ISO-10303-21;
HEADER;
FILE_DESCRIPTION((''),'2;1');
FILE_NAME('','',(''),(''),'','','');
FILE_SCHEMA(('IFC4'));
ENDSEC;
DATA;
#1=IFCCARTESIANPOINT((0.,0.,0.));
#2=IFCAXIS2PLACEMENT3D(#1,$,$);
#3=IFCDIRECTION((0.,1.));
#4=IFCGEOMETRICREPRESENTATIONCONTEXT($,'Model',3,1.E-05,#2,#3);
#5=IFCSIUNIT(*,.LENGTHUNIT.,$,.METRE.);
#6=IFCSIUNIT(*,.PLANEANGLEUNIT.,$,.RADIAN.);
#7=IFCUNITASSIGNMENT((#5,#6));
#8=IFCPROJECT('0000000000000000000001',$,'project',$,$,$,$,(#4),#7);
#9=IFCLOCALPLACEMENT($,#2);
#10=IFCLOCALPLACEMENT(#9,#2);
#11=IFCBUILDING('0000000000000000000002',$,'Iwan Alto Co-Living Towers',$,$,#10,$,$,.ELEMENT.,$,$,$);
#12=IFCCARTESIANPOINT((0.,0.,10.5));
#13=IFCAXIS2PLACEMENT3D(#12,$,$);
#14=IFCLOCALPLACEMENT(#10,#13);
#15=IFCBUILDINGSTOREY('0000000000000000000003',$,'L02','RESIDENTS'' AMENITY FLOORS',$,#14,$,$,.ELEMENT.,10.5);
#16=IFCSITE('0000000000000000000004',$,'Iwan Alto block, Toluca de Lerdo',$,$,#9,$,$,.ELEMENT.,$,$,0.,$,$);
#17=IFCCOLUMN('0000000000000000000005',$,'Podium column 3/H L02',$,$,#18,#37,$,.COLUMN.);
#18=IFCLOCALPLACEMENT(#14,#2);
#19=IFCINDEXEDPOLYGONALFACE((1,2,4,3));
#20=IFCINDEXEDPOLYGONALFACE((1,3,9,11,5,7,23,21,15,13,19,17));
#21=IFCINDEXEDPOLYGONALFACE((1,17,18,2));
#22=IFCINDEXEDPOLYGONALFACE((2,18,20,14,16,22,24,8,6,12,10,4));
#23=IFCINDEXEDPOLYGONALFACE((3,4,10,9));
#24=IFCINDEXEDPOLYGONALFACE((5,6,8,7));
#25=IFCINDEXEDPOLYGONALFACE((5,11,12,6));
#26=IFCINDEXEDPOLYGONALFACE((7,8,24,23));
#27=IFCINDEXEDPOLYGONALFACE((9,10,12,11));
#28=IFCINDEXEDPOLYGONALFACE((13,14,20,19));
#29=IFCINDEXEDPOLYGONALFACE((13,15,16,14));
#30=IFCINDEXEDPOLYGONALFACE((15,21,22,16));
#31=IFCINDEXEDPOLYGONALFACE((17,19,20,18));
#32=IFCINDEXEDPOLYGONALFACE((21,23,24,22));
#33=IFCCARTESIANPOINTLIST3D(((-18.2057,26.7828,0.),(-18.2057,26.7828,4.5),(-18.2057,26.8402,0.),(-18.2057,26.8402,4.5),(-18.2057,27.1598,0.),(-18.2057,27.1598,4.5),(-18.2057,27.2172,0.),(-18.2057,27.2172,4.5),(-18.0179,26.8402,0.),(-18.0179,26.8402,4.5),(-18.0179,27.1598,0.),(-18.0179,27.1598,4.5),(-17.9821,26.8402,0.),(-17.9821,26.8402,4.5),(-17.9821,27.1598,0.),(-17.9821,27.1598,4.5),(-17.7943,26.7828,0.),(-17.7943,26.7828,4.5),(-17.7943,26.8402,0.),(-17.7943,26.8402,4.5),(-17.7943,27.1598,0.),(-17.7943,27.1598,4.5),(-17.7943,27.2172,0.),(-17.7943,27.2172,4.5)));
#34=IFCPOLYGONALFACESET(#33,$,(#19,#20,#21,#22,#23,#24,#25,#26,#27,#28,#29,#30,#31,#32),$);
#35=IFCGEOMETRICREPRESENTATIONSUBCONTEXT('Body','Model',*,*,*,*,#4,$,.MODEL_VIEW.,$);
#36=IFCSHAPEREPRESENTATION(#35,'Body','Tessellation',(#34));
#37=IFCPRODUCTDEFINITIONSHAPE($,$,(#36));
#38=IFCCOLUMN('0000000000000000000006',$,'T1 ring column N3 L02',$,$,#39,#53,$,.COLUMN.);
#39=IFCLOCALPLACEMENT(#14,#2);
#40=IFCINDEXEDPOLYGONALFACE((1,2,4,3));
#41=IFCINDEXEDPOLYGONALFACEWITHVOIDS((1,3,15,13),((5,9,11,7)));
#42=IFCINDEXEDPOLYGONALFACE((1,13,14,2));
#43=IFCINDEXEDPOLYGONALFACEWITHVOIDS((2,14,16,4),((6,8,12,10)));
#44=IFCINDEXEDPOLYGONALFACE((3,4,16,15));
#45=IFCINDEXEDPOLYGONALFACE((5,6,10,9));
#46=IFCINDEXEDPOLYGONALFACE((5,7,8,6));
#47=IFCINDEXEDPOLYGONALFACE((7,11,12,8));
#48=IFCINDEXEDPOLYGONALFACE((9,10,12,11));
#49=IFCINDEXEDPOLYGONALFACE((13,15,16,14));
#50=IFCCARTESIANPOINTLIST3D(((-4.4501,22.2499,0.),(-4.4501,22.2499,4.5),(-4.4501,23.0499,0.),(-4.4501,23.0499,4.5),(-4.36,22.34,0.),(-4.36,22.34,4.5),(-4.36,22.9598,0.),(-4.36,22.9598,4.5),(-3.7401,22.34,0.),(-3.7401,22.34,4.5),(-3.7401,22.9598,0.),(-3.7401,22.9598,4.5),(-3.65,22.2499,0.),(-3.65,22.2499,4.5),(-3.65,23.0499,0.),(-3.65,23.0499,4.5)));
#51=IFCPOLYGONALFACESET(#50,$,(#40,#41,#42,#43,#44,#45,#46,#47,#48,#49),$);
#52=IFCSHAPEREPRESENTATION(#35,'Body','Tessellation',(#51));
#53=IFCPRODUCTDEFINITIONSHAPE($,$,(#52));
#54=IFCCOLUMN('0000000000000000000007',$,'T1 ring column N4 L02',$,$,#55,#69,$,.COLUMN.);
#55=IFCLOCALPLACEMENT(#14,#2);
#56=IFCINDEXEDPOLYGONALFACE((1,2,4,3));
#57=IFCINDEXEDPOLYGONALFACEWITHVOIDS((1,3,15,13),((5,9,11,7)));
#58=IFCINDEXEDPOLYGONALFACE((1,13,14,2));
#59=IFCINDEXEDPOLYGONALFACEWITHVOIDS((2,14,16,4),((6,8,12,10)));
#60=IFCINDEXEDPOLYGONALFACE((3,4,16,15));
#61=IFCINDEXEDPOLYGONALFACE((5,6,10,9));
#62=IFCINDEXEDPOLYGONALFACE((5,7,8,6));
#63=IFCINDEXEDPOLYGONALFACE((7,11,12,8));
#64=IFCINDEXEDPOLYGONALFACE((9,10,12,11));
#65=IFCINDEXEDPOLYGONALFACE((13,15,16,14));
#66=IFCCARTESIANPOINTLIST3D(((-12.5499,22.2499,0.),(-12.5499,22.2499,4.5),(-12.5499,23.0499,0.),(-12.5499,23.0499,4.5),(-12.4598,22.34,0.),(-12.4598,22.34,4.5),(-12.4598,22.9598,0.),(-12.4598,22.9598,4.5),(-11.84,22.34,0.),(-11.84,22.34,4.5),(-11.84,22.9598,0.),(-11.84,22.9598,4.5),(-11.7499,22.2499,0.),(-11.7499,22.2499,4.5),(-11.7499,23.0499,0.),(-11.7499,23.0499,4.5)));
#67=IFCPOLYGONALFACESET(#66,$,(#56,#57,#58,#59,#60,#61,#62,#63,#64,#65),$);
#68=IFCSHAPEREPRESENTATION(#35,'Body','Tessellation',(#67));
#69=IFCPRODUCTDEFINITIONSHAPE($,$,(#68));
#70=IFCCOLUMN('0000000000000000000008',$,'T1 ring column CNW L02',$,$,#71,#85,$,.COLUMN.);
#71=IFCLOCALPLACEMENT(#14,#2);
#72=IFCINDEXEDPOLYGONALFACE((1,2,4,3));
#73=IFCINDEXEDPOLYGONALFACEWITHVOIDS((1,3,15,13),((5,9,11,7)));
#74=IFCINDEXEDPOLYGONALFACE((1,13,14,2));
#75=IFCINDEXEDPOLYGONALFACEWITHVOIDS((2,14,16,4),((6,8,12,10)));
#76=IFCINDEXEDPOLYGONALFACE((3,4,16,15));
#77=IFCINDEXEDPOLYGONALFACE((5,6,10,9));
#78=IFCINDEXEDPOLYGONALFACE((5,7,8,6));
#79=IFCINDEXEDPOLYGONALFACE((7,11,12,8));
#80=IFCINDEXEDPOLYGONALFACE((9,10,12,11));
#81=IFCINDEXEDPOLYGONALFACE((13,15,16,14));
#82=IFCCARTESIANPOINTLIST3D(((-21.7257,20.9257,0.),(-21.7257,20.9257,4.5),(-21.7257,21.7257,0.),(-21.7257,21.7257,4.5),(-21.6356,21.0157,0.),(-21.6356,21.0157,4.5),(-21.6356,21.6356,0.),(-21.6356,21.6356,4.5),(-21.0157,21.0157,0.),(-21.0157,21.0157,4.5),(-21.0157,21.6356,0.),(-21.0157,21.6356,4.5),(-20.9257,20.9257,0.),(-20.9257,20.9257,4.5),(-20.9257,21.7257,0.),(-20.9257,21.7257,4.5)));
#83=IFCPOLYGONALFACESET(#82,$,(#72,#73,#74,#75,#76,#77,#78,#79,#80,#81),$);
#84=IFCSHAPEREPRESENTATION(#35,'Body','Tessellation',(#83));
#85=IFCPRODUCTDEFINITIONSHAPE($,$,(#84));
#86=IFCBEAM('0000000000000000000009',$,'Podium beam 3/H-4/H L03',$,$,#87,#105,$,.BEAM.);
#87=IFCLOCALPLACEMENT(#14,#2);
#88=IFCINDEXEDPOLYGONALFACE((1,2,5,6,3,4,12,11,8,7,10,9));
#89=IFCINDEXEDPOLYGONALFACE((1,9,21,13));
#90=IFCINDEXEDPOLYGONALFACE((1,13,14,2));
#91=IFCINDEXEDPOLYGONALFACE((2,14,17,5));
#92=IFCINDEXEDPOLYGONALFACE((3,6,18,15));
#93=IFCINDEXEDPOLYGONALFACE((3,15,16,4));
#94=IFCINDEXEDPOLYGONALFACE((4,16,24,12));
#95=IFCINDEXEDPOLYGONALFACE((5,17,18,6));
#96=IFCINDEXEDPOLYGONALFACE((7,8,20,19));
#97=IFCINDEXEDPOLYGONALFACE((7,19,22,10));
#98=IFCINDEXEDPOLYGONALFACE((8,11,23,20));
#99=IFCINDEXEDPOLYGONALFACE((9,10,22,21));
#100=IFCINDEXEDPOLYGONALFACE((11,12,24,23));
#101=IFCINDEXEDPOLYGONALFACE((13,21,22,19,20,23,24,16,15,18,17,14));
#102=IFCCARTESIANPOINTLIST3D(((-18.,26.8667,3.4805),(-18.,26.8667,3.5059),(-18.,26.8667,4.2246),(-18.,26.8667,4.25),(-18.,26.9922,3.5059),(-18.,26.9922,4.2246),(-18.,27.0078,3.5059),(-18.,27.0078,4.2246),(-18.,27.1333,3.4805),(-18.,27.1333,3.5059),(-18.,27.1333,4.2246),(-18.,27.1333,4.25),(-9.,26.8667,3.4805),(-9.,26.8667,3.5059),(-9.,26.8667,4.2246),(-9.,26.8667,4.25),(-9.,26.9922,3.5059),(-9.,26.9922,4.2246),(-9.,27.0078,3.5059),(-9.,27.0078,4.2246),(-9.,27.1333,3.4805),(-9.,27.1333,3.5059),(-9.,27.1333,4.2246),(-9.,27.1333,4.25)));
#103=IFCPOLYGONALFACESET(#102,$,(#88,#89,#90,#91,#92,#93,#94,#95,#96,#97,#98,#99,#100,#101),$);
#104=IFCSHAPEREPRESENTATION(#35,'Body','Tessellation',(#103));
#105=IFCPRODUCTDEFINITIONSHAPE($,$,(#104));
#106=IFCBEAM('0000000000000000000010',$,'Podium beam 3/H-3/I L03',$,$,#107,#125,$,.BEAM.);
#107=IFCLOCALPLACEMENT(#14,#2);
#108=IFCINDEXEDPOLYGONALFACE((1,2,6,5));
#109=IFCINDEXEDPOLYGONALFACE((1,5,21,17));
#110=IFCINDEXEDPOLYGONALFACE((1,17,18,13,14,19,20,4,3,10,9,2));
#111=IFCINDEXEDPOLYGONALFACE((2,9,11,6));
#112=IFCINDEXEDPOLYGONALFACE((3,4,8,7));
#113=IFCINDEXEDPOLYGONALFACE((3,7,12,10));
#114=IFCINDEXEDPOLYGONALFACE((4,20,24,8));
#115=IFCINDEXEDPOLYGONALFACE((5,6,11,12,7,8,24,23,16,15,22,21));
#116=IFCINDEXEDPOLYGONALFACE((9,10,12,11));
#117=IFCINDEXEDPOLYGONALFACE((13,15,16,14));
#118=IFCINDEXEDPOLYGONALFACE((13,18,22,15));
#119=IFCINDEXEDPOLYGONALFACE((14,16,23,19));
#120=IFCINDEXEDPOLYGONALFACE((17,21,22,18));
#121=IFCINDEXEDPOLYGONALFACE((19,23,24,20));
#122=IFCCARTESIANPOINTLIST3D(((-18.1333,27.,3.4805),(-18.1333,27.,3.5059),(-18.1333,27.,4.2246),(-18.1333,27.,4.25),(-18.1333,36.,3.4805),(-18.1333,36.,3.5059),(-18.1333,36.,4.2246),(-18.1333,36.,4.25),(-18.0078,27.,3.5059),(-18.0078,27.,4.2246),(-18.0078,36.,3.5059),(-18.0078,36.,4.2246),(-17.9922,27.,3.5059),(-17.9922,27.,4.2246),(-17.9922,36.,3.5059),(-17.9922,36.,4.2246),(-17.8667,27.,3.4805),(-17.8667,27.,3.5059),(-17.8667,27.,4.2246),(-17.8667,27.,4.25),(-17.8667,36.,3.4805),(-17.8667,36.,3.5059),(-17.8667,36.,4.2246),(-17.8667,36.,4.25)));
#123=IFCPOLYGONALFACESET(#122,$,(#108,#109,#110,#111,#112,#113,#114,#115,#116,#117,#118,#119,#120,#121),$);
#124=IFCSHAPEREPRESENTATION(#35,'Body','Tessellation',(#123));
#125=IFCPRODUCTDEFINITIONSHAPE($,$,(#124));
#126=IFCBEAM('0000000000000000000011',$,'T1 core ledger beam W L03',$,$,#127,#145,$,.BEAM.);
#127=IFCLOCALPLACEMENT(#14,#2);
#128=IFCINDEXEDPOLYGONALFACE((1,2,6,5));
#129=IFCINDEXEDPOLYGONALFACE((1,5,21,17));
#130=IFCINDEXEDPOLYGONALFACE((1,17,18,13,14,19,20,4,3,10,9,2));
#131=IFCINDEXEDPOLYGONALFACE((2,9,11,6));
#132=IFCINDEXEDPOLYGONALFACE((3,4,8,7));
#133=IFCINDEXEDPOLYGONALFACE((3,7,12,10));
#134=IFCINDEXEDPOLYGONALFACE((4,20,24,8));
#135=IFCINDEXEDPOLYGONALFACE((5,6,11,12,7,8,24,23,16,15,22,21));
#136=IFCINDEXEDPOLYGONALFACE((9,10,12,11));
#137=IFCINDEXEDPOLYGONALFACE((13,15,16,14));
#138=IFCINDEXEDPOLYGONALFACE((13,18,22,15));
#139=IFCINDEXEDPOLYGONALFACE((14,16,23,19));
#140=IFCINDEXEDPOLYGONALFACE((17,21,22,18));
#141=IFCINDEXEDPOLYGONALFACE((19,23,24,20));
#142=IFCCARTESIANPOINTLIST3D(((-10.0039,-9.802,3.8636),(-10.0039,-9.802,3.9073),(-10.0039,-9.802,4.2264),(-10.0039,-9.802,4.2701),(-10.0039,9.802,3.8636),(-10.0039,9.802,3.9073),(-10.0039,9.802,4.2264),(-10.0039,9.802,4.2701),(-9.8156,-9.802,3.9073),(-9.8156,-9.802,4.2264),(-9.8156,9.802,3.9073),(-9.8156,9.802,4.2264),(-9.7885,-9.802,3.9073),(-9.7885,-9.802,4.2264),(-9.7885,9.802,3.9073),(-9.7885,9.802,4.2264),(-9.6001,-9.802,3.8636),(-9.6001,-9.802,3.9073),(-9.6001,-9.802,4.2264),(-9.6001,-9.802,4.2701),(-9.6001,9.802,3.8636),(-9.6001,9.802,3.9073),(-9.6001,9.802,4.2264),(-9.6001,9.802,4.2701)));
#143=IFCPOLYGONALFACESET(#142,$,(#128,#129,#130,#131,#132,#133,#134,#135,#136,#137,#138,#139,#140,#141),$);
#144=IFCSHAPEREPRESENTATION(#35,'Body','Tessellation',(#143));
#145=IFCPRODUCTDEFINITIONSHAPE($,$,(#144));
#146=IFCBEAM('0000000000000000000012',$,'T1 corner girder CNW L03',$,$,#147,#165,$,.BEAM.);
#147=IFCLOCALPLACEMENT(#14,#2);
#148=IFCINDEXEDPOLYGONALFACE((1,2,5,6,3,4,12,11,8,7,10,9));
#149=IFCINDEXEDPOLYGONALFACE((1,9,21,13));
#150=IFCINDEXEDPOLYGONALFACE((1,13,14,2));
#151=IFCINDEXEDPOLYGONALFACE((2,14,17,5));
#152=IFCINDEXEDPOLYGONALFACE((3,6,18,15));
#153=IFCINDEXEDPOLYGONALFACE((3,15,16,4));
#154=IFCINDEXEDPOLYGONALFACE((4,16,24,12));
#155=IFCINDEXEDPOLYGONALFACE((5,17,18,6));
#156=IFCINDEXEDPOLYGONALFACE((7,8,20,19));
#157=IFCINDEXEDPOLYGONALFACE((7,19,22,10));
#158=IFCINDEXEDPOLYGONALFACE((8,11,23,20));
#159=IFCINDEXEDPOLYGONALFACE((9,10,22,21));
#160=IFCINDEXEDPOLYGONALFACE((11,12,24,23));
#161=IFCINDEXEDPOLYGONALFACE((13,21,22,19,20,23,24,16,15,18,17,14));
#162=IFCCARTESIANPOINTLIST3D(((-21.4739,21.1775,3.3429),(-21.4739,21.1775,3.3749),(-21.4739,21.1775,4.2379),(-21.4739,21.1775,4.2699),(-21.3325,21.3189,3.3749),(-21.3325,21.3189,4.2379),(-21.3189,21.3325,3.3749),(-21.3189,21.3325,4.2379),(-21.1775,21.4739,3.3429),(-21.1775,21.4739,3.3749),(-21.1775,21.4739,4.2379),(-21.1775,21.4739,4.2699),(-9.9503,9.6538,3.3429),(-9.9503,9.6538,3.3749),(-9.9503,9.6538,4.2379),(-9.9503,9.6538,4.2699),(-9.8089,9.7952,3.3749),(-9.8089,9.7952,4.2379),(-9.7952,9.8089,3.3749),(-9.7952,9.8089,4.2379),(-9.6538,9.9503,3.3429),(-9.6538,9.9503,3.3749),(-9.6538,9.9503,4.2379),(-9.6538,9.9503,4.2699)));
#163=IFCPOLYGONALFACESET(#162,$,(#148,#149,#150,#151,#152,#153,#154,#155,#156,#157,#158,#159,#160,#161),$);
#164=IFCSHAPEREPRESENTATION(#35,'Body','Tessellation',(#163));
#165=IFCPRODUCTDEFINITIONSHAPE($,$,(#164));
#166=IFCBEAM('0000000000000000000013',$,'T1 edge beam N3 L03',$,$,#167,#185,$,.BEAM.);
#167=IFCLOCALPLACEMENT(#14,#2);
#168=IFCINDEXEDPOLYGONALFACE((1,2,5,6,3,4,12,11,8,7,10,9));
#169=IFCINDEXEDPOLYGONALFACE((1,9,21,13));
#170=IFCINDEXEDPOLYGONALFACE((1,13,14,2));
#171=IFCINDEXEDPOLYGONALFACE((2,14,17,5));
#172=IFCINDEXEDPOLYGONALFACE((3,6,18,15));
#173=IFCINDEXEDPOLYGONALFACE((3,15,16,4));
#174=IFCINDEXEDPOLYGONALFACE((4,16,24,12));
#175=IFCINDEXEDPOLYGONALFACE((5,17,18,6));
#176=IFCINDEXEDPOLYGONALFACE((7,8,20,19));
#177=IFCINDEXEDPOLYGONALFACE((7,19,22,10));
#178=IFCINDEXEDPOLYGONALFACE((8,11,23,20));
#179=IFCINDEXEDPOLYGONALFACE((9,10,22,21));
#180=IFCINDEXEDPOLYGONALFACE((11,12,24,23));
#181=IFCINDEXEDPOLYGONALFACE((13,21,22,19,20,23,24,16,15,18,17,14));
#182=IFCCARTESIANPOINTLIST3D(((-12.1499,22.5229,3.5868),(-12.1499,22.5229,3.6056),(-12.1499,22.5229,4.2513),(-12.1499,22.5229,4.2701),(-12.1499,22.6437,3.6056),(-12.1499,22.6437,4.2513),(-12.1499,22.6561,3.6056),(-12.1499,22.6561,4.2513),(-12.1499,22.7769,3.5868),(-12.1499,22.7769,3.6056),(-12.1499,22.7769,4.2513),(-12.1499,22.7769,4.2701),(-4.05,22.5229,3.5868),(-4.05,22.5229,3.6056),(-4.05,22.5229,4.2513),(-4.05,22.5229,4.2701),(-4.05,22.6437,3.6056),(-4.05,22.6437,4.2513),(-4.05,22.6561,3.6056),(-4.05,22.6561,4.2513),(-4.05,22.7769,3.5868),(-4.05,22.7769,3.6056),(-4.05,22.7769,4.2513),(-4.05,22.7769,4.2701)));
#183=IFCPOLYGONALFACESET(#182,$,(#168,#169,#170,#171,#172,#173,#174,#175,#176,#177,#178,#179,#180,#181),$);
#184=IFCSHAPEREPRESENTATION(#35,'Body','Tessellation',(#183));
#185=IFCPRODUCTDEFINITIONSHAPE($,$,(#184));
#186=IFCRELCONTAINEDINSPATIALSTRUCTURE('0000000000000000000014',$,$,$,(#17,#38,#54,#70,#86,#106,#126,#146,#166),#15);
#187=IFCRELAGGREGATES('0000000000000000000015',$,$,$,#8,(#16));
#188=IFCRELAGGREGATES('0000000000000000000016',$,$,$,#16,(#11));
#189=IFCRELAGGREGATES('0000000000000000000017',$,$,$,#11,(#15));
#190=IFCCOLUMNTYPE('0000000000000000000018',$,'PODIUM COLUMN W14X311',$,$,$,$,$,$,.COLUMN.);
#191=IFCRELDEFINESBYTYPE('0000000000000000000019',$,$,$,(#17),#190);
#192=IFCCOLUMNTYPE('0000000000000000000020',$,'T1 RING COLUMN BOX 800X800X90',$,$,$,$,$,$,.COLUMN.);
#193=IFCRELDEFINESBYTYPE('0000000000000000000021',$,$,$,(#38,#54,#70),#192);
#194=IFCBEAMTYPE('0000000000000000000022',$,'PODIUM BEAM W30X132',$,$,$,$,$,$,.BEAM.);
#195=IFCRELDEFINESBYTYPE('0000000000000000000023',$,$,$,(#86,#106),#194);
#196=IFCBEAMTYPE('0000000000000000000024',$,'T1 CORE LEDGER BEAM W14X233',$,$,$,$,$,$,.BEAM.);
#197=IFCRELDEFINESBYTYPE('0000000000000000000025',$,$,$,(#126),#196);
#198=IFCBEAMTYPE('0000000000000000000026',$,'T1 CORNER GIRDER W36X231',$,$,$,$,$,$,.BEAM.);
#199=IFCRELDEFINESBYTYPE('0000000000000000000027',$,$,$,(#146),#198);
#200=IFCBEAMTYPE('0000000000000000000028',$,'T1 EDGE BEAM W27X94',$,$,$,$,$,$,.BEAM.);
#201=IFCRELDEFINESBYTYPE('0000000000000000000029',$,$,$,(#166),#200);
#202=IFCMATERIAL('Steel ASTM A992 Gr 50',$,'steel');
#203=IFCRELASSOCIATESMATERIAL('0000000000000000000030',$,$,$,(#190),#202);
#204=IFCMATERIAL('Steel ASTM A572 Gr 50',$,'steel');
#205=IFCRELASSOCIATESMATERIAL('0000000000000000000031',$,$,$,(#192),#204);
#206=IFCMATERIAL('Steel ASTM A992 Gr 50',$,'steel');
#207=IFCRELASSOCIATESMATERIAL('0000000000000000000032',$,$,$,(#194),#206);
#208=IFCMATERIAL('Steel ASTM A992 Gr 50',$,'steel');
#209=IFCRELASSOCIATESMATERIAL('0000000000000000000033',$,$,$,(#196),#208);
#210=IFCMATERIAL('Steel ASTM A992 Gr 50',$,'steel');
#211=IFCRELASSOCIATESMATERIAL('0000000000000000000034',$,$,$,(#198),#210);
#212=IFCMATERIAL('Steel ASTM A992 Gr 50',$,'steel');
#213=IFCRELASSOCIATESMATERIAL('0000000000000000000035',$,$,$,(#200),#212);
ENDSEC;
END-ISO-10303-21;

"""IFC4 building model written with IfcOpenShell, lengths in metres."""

from ifc_helpers import new_model, si_unit, direction, frame, origin, origin_2d, place, context, subcontext, project, spatial, hollow_rectangle, i_section, extrude, material, material_profile, profile_set, type_object, element, save


model = new_model("IFC4")

# Units and contexts
model_context = context("Model", 3, precision=1e-05, world=origin(), true_north=direction((0.0, 1.0)))
body_context = subcontext(model_context, "Body", "Model", "MODEL_VIEW")
ifc_project = project(units=[si_unit("LENGTHUNIT", "METRE"), si_unit("PLANEANGLEUNIT", "RADIAN")], contexts=[model_context])

# Site, building, storey
site_placement = place(None, origin())
site = spatial("IfcSite", under=ifc_project, at=site_placement, Name="Iwan Alto block, Toluca de Lerdo", CompositionType="ELEMENT", RefElevation=0.0)
building_placement = place(site_placement, origin())
building = spatial("IfcBuilding", under=site, at=building_placement, Name="Iwan Alto Co-Living Towers", CompositionType="ELEMENT")
storey_placement = place(building_placement, frame((0.0, 0.0, 10.5)))
storey = spatial("IfcBuildingStorey", under=building, at=storey_placement, Name="L02", Description="RESIDENTS' AMENITY FLOORS", CompositionType="ELEMENT", Elevation=10.5)

# Columns
ifc_material_1 = material(Name="Steel ASTM A992 Gr 50", Category="steel")
ifc_material_profile_1 = material_profile(ifc_material_1, i_section(OverallWidth=0.4114, OverallDepth=0.4343, WebThickness=0.0359, FlangeThickness=0.0574, at=origin_2d()), Name="W14X311")
ifc_profile_set_1 = profile_set([ifc_material_profile_1], Name="Steel ASTM A992 Gr 50")
column_type_1 = type_object("IfcColumnType", Name="PODIUM COLUMN W14X311", PredefinedType="COLUMN", material=ifc_profile_set_1)
column_placement = place(storey_placement, frame((-18.0, 27.0, 0.0), z_axis=(0.0, 0.0, 1.0), x_axis=(1.0, 0.0, 0.0)))
element("IfcColumn", 1, at=column_placement, inside=storey, type_object=column_type_1, Name="Podium column 3/H L02", PredefinedType="COLUMN", context=body_context, shape_type="SweptSolid", body=[
    extrude(i_section(OverallWidth=0.4114, OverallDepth=0.4343, WebThickness=0.0359, FlangeThickness=0.0574, at=origin_2d()), origin(), (0.0, 0.0, 1.0), 4.5),
])
ifc_material_2 = material(Name="Steel ASTM A572 Gr 50", Category="steel")
ifc_material_profile_2 = material_profile(ifc_material_2, hollow_rectangle(XDim=0.8, YDim=0.8, WallThickness=0.0901, at=origin_2d()), Name="BOX 800X800X90")
ifc_profile_set_2 = profile_set([ifc_material_profile_2], Name="Steel ASTM A572 Gr 50")
column_type_2 = type_object("IfcColumnType", Name="T1 RING COLUMN BOX 800X800X90", PredefinedType="COLUMN", material=ifc_profile_set_2)
for number, where, z_axis, x_axis, name in (
    (2, (-4.05, 22.6499, 0.0), (0.0, 0.0, 1.0), (1.0, 0.0, 0.0), "T1 ring column N3 L02"),
    (3, (-12.1499, 22.6499, 0.0), (0.0, 0.0, 1.0), (1.0, 0.0, 0.0), "T1 ring column N4 L02"),
    (4, (-21.3257, 21.3257, 0.0), (0.0, 0.0, 1.0), (1.0, 0.0, 0.0), "T1 ring column CNW L02"),
):
    element("IfcColumn", number, at=place(storey_placement, frame(where, z_axis=z_axis, x_axis=x_axis)), inside=storey, type_object=column_type_2, Name=name, PredefinedType="COLUMN", context=body_context, shape_type="SweptSolid", body=[
        extrude(hollow_rectangle(XDim=0.8, YDim=0.8, WallThickness=0.0901, at=origin_2d()), origin(), (0.0, 0.0, 1.0), 4.5),
    ])

# Beams
ifc_material_3 = material(Name="Steel ASTM A992 Gr 50", Category="steel")
ifc_material_profile_3 = material_profile(ifc_material_3, i_section(OverallWidth=0.2666, OverallDepth=0.7695, WebThickness=0.0156, FlangeThickness=0.0254, at=origin_2d()), Name="W30X132")
ifc_profile_set_3 = profile_set([ifc_material_profile_3], Name="Steel ASTM A992 Gr 50")
beam_type_1 = type_object("IfcBeamType", Name="PODIUM BEAM W30X132", PredefinedType="BEAM", material=ifc_profile_set_3)
for number, where, z_axis, x_axis, name in (
    (5, (-18.0, 27.0, 3.8652), (1.0, 0.0, 0.0), (0.0, 1.0, 0.0), "Podium beam 3/H-4/H L03"),
    (6, (-18.0, 27.0, 3.8652), (0.0, 1.0, 0.0), (-1.0, 0.0, 0.0), "Podium beam 3/H-3/I L03"),
):
    element("IfcBeam", number, at=place(storey_placement, frame(where, z_axis=z_axis, x_axis=x_axis)), inside=storey, type_object=beam_type_1, Name=name, PredefinedType="BEAM", context=body_context, shape_type="SweptSolid", body=[
        extrude(i_section(OverallWidth=0.2666, OverallDepth=0.7695, WebThickness=0.0156, FlangeThickness=0.0254, at=origin_2d()), origin(), (0.0, 0.0, 1.0), 9.0),
    ])
ifc_material_4 = material(Name="Steel ASTM A992 Gr 50", Category="steel")
ifc_material_profile_4 = material_profile(ifc_material_4, i_section(OverallWidth=0.4038, OverallDepth=0.4065, WebThickness=0.0271, FlangeThickness=0.0437, at=origin_2d()), Name="W14X233")
ifc_profile_set_4 = profile_set([ifc_material_profile_4], Name="Steel ASTM A992 Gr 50")
beam_type_2 = type_object("IfcBeamType", Name="T1 CORE LEDGER BEAM W14X233", PredefinedType="BEAM", material=ifc_profile_set_4)
beam_1_placement = place(storey_placement, frame((-9.802, 9.802, 4.0669), z_axis=(0.0, -1.0, 0.0), x_axis=(1.0, 0.0, 0.0)))
element("IfcBeam", 7, at=beam_1_placement, inside=storey, type_object=beam_type_2, Name="T1 core ledger beam W L03", PredefinedType="BEAM", context=body_context, shape_type="SweptSolid", body=[
    extrude(i_section(OverallWidth=0.4038, OverallDepth=0.4065, WebThickness=0.0271, FlangeThickness=0.0437, at=origin_2d()), origin(), (0.0, 0.0, 1.0), 19.604),
])
ifc_material_5 = material(Name="Steel ASTM A992 Gr 50", Category="steel")
ifc_material_profile_5 = material_profile(ifc_material_5, i_section(OverallWidth=0.4192, OverallDepth=0.927, WebThickness=0.0193, FlangeThickness=0.032, at=origin_2d()), Name="W36X231")
ifc_profile_set_5 = profile_set([ifc_material_profile_5], Name="Steel ASTM A992 Gr 50")
beam_type_3 = type_object("IfcBeamType", Name="T1 CORNER GIRDER W36X231", PredefinedType="BEAM", material=ifc_profile_set_5)
beam_2_placement = place(storey_placement, frame((-21.3257, 21.3257, 3.8064), z_axis=(0.707107, -0.707107, 0.0), x_axis=(0.707107, 0.707107, 0.0)))
element("IfcBeam", 8, at=beam_2_placement, inside=storey, type_object=beam_type_3, Name="T1 corner girder CNW L03", PredefinedType="BEAM", context=body_context, shape_type="SweptSolid", body=[
    extrude(i_section(OverallWidth=0.4192, OverallDepth=0.927, WebThickness=0.0193, FlangeThickness=0.032, at=origin_2d()), origin(), (0.0, 0.0, 1.0), 16.2969),
])
ifc_material_6 = material(Name="Steel ASTM A992 Gr 50", Category="steel")
ifc_material_profile_6 = material_profile(ifc_material_6, i_section(OverallWidth=0.2539, OverallDepth=0.6833, WebThickness=0.0125, FlangeThickness=0.0188, at=origin_2d()), Name="W27X94")
ifc_profile_set_6 = profile_set([ifc_material_profile_6], Name="Steel ASTM A992 Gr 50")
beam_type_4 = type_object("IfcBeamType", Name="T1 EDGE BEAM W27X94", PredefinedType="BEAM", material=ifc_profile_set_6)
beam_3_placement = place(storey_placement, frame((-4.05, 22.6499, 3.9285), z_axis=(-1.0, 0.0, 0.0), x_axis=(0.0, -1.0, 0.0)))
element("IfcBeam", 9, at=beam_3_placement, inside=storey, type_object=beam_type_4, Name="T1 edge beam N3 L03", PredefinedType="BEAM", context=body_context, shape_type="SweptSolid", body=[
    extrude(i_section(OverallWidth=0.2539, OverallDepth=0.6833, WebThickness=0.0125, FlangeThickness=0.0188, at=origin_2d()), origin(), (0.0, 0.0, 1.0), 8.0999),
])

save(model, "model.ifc")
